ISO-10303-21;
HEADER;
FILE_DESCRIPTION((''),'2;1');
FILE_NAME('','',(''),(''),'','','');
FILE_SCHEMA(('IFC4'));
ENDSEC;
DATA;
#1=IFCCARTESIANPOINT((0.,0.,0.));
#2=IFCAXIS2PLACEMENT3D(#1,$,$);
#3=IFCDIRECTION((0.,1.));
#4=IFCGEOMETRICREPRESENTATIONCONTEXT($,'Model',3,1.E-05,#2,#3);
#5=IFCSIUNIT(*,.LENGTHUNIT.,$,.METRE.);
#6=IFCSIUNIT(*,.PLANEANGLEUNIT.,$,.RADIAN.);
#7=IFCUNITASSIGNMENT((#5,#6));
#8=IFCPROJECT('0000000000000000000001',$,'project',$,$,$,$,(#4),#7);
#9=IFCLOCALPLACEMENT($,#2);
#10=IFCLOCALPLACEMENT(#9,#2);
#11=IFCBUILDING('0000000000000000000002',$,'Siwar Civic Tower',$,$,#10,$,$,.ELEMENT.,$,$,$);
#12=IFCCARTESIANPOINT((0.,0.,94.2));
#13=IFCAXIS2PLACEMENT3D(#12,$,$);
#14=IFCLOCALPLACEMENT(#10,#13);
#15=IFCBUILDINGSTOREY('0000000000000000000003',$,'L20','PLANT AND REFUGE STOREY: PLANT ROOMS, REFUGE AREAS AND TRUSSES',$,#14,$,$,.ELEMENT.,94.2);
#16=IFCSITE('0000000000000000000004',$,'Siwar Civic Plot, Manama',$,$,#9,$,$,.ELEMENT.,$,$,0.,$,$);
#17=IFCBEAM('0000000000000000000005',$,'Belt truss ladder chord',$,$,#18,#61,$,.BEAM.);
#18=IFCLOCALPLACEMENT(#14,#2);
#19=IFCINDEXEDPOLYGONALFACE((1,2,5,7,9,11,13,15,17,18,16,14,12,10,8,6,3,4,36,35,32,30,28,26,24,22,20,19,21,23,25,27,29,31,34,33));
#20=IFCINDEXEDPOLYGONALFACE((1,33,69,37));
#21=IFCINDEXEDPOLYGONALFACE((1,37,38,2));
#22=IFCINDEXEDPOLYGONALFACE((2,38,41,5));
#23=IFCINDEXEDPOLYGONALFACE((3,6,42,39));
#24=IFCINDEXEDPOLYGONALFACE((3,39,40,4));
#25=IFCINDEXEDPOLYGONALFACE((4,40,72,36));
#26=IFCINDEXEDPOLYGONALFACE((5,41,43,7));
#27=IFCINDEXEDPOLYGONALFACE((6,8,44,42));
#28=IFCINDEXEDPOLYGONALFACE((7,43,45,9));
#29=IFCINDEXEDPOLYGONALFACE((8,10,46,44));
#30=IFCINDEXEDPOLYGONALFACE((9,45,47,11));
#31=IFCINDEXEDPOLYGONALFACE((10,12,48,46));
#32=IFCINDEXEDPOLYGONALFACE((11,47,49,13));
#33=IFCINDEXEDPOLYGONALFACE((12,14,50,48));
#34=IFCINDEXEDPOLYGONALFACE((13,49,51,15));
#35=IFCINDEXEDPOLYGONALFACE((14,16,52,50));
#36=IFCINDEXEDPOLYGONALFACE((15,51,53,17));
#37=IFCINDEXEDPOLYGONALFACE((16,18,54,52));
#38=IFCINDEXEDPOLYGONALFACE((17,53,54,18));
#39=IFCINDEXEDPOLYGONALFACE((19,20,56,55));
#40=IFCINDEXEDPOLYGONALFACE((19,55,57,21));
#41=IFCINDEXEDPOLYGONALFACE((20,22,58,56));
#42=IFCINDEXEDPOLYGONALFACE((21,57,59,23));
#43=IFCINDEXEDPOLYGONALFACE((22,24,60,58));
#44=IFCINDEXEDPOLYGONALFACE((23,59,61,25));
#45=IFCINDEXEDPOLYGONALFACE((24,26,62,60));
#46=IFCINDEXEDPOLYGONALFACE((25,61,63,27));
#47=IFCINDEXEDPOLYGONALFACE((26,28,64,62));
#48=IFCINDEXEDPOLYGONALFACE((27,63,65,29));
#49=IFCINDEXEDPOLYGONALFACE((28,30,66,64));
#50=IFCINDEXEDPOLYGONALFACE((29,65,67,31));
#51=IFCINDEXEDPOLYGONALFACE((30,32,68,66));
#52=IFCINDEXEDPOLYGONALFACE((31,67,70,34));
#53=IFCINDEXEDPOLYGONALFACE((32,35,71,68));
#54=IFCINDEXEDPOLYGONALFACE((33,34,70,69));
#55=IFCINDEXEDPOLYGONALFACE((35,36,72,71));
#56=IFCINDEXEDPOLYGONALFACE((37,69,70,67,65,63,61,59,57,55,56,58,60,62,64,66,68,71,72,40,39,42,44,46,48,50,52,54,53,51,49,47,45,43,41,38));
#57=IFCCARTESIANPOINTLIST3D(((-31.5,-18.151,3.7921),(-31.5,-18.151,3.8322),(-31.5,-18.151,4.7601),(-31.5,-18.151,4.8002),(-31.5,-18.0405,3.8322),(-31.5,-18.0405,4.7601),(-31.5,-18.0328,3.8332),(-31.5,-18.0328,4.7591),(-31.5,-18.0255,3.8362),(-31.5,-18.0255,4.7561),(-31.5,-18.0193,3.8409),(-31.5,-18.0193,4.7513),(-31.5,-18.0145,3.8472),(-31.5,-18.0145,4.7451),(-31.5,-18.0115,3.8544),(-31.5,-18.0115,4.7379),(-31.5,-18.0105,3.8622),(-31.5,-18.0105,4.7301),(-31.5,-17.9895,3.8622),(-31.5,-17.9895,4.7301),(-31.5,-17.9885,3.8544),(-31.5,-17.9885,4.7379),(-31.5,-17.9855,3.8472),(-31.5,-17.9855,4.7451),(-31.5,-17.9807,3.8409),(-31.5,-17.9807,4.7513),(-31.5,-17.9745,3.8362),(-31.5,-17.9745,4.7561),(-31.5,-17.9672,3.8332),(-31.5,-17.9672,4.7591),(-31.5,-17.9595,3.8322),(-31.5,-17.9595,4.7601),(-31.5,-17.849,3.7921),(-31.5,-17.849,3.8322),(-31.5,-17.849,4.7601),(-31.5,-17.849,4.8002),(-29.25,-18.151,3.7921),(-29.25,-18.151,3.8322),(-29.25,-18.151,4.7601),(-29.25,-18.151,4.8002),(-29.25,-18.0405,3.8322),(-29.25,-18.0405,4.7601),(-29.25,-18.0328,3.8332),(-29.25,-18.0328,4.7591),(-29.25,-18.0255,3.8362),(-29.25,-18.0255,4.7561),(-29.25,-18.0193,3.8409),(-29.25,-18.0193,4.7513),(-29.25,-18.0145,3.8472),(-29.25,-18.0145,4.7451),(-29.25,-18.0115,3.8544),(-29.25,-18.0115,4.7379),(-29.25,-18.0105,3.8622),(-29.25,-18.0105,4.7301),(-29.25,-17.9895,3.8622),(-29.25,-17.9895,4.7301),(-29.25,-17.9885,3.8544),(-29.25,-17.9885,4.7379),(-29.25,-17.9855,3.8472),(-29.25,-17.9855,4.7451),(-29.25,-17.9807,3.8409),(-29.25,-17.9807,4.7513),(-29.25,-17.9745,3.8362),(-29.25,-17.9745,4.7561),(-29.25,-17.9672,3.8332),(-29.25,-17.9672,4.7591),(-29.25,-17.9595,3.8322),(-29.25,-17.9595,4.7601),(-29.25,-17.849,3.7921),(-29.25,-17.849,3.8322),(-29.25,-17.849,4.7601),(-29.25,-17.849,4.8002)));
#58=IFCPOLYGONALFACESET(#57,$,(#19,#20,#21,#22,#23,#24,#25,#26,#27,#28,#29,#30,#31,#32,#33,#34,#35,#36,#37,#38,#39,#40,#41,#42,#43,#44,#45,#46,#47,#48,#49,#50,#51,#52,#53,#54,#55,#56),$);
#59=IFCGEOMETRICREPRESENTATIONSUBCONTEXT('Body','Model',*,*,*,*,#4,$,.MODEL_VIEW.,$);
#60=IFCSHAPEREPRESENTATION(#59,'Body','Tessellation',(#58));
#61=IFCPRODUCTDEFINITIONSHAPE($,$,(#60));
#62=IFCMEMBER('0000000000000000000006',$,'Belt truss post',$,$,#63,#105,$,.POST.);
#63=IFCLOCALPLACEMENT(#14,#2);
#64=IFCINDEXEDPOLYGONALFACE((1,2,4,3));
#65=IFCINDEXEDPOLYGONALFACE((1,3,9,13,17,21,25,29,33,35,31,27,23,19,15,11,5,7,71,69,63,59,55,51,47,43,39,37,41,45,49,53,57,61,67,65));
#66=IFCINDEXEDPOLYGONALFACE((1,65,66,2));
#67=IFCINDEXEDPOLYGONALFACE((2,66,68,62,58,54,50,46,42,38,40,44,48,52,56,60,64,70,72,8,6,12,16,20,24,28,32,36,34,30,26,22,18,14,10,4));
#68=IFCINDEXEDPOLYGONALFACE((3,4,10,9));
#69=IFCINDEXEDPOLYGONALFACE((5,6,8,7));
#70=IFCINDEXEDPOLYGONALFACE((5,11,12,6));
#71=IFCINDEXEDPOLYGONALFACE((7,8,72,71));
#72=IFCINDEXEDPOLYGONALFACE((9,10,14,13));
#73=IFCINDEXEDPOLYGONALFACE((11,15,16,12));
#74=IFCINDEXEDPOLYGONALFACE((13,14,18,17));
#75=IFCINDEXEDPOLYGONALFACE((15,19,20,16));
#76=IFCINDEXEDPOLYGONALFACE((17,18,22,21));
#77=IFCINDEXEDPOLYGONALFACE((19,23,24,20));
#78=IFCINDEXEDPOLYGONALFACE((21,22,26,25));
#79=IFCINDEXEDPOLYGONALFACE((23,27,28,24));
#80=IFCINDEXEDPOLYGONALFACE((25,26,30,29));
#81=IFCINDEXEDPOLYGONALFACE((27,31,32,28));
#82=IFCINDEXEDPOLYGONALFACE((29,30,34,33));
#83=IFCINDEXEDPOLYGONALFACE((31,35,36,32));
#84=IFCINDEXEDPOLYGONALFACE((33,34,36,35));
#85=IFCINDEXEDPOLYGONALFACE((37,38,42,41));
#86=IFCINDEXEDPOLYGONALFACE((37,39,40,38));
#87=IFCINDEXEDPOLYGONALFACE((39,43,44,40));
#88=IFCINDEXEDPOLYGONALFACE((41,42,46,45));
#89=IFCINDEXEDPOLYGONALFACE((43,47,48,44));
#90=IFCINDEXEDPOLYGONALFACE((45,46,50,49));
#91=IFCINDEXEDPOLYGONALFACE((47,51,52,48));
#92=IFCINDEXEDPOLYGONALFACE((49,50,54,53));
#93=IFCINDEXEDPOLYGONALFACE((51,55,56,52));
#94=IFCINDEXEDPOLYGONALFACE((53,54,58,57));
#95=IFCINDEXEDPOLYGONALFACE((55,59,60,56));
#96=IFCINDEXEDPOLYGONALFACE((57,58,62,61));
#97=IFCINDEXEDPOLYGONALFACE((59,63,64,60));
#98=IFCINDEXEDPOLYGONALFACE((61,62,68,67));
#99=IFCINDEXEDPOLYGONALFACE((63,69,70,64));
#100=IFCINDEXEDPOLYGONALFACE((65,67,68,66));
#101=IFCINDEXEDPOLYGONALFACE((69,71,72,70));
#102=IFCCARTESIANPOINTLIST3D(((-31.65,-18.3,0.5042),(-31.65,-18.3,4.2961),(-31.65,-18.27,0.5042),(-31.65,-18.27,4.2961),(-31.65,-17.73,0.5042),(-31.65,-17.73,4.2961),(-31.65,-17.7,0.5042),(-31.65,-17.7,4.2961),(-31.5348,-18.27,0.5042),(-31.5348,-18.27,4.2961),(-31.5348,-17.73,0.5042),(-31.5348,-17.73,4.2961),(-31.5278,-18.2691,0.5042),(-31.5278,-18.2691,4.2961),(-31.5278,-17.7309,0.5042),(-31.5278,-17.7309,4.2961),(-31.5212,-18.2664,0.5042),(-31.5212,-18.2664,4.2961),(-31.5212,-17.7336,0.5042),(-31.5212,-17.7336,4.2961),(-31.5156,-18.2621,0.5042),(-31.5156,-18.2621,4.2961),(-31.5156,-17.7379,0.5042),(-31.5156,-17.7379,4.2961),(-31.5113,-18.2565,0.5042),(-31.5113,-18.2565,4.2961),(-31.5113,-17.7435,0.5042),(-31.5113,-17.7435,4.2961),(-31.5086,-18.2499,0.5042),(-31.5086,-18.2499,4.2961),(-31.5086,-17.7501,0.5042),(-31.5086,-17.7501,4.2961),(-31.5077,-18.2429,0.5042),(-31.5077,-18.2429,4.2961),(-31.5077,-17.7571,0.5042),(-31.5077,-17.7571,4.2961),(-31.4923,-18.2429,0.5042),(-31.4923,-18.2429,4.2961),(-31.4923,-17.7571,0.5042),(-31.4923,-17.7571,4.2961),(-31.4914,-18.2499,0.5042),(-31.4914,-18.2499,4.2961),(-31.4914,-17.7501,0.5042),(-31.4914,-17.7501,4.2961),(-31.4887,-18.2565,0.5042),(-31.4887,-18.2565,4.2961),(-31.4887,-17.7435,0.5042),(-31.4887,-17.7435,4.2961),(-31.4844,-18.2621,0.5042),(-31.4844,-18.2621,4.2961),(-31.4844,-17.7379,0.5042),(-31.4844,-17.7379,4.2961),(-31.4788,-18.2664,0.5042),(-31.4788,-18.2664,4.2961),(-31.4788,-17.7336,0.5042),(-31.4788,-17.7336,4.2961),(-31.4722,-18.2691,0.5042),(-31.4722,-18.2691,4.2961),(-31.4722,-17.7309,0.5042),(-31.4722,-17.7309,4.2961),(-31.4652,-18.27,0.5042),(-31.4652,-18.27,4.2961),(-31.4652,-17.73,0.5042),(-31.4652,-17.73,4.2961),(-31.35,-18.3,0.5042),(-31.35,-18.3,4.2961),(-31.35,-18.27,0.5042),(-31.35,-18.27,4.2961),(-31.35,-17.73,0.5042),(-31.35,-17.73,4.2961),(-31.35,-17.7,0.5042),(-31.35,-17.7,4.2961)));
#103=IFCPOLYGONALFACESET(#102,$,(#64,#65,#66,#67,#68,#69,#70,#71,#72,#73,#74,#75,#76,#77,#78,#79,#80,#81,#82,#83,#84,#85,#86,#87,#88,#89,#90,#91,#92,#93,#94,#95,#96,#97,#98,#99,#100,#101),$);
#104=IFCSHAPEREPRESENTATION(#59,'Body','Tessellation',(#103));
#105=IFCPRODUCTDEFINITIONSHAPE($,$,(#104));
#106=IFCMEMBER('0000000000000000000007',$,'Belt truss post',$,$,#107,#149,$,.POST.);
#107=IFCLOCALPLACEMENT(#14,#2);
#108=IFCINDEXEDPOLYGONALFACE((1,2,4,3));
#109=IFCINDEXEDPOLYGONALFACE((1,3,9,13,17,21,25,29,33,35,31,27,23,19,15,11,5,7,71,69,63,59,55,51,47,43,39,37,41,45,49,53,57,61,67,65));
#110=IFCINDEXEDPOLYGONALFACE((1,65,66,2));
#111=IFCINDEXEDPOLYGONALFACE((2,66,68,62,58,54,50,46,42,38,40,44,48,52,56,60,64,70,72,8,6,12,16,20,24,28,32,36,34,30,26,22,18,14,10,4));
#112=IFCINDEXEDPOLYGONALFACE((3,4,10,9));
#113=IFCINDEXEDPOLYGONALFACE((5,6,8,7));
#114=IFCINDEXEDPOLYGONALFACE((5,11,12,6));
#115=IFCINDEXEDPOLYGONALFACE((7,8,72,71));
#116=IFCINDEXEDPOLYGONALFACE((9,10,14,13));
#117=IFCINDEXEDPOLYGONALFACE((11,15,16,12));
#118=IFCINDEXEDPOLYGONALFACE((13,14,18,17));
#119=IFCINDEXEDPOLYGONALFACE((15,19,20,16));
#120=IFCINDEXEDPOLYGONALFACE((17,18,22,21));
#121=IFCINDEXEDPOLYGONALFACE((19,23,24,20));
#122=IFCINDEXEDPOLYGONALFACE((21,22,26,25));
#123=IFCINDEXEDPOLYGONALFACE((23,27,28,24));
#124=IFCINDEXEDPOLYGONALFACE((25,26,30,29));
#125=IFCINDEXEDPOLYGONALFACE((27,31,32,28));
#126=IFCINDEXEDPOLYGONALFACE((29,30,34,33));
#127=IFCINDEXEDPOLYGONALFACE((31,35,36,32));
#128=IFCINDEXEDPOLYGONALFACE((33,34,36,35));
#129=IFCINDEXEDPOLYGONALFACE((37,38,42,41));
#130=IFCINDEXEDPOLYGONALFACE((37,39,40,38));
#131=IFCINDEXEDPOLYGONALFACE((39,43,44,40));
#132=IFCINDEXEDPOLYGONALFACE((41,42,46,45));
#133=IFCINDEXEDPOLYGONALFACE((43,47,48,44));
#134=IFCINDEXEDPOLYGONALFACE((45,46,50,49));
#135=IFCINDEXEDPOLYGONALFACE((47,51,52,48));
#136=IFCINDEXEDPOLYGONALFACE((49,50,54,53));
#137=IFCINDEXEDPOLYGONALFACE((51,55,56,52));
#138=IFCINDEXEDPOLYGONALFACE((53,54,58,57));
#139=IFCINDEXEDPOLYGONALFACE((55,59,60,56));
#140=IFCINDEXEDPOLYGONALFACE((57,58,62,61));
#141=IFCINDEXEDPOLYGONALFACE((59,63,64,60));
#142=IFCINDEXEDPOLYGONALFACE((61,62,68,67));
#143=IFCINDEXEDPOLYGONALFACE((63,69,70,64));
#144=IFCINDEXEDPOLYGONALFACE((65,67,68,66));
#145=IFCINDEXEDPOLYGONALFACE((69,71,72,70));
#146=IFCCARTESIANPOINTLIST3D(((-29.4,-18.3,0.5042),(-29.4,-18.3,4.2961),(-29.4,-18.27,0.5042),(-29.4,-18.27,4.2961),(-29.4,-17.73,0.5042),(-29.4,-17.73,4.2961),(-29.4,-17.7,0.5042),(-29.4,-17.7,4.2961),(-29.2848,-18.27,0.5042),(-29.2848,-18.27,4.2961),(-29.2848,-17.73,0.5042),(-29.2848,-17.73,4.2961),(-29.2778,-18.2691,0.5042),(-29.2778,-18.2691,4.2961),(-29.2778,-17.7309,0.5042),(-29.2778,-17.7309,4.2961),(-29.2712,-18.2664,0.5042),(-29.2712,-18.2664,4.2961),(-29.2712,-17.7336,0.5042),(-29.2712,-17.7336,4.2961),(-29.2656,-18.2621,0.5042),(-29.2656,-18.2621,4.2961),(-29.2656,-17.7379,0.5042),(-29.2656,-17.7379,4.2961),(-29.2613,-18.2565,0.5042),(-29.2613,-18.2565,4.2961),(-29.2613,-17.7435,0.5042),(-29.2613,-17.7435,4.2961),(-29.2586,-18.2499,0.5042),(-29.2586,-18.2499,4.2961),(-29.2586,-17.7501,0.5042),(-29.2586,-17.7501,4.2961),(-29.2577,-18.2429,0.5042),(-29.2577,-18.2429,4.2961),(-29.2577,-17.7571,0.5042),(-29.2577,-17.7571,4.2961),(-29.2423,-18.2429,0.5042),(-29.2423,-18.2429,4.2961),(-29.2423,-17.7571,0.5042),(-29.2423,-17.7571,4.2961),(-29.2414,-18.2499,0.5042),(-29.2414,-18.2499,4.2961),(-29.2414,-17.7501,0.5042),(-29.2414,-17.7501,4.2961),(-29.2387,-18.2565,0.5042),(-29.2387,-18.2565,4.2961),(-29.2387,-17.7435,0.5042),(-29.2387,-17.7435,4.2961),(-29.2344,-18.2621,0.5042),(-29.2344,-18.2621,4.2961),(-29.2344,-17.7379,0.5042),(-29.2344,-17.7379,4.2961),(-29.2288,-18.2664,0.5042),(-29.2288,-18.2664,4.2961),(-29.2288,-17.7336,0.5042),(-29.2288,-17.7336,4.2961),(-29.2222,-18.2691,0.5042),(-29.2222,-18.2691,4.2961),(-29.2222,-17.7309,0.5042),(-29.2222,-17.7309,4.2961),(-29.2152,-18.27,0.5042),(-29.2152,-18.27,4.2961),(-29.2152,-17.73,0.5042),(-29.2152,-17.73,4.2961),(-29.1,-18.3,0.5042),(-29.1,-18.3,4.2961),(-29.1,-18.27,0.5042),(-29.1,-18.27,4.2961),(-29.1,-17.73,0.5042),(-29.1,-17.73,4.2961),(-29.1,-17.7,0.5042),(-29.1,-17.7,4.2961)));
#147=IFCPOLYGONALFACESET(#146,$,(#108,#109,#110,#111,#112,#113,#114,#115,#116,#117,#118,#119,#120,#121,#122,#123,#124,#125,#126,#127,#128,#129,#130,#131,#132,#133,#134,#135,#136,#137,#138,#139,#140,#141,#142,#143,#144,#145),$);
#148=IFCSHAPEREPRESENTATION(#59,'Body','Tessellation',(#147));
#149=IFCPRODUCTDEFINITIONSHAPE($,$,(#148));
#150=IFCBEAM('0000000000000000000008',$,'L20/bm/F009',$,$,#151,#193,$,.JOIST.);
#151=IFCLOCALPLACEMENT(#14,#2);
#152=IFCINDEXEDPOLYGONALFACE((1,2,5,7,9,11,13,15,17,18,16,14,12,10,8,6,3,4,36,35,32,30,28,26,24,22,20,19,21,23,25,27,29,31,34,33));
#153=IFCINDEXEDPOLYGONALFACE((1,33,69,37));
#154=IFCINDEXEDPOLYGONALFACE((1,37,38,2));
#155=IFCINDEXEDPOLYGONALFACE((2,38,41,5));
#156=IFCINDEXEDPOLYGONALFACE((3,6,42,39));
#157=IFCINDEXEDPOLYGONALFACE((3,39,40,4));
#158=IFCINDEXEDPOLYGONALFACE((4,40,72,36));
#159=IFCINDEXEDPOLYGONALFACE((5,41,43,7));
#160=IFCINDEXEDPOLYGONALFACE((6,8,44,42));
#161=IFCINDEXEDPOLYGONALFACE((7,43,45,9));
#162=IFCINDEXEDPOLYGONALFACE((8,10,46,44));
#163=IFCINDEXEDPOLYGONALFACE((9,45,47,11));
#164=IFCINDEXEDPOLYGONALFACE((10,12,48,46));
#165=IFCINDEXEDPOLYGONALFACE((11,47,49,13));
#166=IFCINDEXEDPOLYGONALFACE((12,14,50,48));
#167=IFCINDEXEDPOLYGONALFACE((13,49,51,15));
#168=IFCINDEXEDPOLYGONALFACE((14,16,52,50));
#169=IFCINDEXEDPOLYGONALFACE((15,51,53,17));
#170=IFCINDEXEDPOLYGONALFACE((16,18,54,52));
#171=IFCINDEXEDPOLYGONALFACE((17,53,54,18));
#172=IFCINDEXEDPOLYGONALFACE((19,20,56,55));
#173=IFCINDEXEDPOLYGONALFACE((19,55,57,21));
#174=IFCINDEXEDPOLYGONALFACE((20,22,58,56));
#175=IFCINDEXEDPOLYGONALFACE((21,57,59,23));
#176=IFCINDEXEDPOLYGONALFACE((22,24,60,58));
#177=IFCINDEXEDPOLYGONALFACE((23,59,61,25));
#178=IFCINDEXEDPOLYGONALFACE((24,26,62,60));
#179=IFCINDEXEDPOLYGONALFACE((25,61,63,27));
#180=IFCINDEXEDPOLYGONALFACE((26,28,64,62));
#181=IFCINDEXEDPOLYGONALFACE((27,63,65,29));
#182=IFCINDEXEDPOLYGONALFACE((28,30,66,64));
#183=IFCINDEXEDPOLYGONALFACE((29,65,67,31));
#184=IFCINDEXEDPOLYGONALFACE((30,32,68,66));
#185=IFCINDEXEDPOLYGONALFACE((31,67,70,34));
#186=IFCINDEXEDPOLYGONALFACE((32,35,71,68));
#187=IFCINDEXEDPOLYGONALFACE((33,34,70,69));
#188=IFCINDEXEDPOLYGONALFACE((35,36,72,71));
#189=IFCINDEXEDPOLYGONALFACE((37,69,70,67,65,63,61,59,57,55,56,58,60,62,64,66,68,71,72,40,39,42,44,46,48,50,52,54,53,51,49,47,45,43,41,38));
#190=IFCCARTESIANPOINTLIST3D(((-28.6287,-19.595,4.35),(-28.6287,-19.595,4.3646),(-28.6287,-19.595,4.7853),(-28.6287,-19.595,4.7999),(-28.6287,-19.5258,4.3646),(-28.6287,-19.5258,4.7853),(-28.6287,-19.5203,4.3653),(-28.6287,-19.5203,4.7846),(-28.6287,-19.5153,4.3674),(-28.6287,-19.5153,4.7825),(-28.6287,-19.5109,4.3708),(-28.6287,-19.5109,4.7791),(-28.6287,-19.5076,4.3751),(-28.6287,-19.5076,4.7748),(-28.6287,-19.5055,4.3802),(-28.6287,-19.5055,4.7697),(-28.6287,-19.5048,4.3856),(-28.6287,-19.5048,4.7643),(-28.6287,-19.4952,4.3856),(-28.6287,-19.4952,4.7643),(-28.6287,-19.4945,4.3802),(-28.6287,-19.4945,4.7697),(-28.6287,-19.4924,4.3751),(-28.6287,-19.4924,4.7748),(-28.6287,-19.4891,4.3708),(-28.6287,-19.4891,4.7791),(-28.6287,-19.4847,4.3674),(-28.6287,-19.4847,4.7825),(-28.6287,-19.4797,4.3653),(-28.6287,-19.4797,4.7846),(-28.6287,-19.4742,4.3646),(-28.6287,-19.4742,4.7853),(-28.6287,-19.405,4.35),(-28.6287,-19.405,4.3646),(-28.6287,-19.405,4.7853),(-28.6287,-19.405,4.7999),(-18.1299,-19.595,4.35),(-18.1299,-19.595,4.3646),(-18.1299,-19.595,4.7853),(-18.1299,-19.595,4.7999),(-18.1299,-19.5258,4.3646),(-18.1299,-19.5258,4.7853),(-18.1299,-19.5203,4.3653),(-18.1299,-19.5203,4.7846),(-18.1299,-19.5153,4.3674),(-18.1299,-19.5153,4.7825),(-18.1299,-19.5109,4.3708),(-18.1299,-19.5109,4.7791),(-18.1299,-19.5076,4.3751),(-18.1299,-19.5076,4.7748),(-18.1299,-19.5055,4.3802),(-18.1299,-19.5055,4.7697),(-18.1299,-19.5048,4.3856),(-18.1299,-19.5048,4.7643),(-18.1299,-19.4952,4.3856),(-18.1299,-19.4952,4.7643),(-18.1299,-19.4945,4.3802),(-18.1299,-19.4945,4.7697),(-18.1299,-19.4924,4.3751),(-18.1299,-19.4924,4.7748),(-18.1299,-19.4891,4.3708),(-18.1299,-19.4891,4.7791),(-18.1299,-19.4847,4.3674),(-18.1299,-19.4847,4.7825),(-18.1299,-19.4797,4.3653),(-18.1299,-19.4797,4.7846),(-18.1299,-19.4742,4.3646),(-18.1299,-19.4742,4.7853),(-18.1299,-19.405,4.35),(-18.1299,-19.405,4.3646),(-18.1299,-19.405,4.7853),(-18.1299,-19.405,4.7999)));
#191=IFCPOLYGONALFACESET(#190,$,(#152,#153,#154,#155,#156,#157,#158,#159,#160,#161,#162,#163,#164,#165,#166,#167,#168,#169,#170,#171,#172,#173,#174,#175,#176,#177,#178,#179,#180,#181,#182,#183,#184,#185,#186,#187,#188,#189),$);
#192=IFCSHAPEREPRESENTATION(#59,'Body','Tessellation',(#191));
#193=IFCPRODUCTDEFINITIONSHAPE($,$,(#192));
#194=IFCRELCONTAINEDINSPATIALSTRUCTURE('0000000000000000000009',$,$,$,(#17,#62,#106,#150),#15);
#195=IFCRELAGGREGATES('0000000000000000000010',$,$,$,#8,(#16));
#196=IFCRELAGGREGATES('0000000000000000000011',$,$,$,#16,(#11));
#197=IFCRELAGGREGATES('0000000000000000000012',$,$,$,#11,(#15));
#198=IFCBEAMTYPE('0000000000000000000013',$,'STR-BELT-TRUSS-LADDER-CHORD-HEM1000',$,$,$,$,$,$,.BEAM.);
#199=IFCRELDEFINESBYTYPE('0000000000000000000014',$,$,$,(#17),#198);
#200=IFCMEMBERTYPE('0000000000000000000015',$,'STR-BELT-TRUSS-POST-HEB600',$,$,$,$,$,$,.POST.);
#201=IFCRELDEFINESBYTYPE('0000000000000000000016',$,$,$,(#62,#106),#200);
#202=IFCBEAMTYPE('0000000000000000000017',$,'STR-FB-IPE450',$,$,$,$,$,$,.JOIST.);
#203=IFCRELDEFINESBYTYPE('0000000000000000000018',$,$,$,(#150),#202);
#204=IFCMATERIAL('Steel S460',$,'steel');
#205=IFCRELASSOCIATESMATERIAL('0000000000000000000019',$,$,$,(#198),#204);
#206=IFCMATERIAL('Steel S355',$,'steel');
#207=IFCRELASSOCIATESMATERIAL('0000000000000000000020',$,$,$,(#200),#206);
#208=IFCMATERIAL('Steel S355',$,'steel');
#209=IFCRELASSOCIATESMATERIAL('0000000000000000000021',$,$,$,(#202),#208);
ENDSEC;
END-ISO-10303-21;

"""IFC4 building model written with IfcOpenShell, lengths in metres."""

from ifc_helpers import new_model, si_unit, direction, frame, origin, origin_2d, place, context, subcontext, project, spatial, i_section, extrude, material, material_profile, profile_set, type_object, element, save


model = new_model("IFC4")

# Units and contexts
model_context = context("Model", 3, precision=1e-05, world=origin(), true_north=direction((0.0, 1.0)))
body_context = subcontext(model_context, "Body", "Model", "MODEL_VIEW")
ifc_project = project(units=[si_unit("LENGTHUNIT", "METRE"), si_unit("PLANEANGLEUNIT", "RADIAN")], contexts=[model_context])

# Site, building, storey
site_placement = place(None, origin())
site = spatial("IfcSite", under=ifc_project, at=site_placement, Name="Siwar Civic Plot, Manama", CompositionType="ELEMENT", RefElevation=0.0)
building_placement = place(site_placement, origin())
building = spatial("IfcBuilding", under=site, at=building_placement, Name="Siwar Civic Tower", CompositionType="ELEMENT")
storey_placement = place(building_placement, frame((0.0, 0.0, 94.2)))
storey = spatial("IfcBuildingStorey", under=building, at=storey_placement, Name="L20", Description="PLANT AND REFUGE STOREY: PLANT ROOMS, REFUGE AREAS AND TRUSSES", CompositionType="ELEMENT", Elevation=94.2)

# Beam
ifc_material_1 = material(Name="Steel S460", Category="steel")
ifc_material_profile_1 = material_profile(ifc_material_1, i_section(OverallWidth=0.302, OverallDepth=1.0081, WebThickness=0.021, FlangeThickness=0.04, FilletRadius=0.03, at=origin_2d()), Name="HEM1000")
ifc_profile_set_1 = profile_set([ifc_material_profile_1], Name="Steel S460")
beam_type_1 = type_object("IfcBeamType", Name="STR-BELT-TRUSS-LADDER-CHORD-HEM1000", PredefinedType="BEAM", material=ifc_profile_set_1)
for number, where, z_axis, x_axis, name in (
    (1, (-29.25, -18.0, 4.2961), (-1.0, 0.0, 0.0), (0.0, -1.0, 0.0), "Belt truss ladder chord"),
):
    element("IfcBeam", number, at=place(storey_placement, frame(where, z_axis=z_axis, x_axis=x_axis)), inside=storey, type_object=beam_type_1, Name=name, PredefinedType="BEAM", context=body_context, shape_type="SweptSolid", body=[
        extrude(i_section(OverallWidth=0.302, OverallDepth=1.0081, WebThickness=0.021, FlangeThickness=0.04, FilletRadius=0.03, at=origin_2d()), origin(), (0.0, 0.0, 1.0), 2.25),
    ])

# Members
ifc_material_2 = material(Name="Steel S355", Category="steel")
ifc_material_profile_2 = material_profile(ifc_material_2, i_section(OverallWidth=0.3, OverallDepth=0.6001, WebThickness=0.0154, FlangeThickness=0.03, FilletRadius=0.0271, at=origin_2d()), Name="HEB600")
ifc_profile_set_2 = profile_set([ifc_material_profile_2], Name="Steel S355")
member_type_1 = type_object("IfcMemberType", Name="STR-BELT-TRUSS-POST-HEB600", PredefinedType="POST", material=ifc_profile_set_2)
for number, where, z_axis, x_axis, name in (
    (2, (-31.5, -18.0, 0.5042), (0.0, 0.0, 1.0), (1.0, 0.0, 0.0), "Belt truss post"),
    (3, (-29.25, -18.0, 0.5042), (0.0, 0.0, 1.0), (1.0, 0.0, 0.0), "Belt truss post"),
):
    element("IfcMember", number, at=place(storey_placement, frame(where, z_axis=z_axis, x_axis=x_axis)), inside=storey, type_object=member_type_1, Name=name, PredefinedType="POST", context=body_context, shape_type="SweptSolid", body=[
        extrude(i_section(OverallWidth=0.3, OverallDepth=0.6001, WebThickness=0.0154, FlangeThickness=0.03, FilletRadius=0.0271, at=origin_2d()), origin(), (0.0, 0.0, 1.0), 3.792),
    ])

# Beam
ifc_material_3 = material(Name="Steel S355", Category="steel")
ifc_material_profile_3 = material_profile(ifc_material_3, i_section(OverallWidth=0.1899, OverallDepth=0.45, WebThickness=0.0095, FlangeThickness=0.0146, FilletRadius=0.021, at=origin_2d()), Name="IPE450")
ifc_profile_set_3 = profile_set([ifc_material_profile_3], Name="Steel S355")
beam_type_2 = type_object("IfcBeamType", Name="STR-FB-IPE450", PredefinedType="JOIST", material=ifc_profile_set_3)
beam_placement = place(storey_placement, frame((-28.6287, -19.5, 4.575), z_axis=(1.0, 0.0, 0.0), x_axis=(0.0, 1.0, 0.0)))
element("IfcBeam", 4, at=beam_placement, inside=storey, type_object=beam_type_2, Name="L20/bm/F009", PredefinedType="JOIST", context=body_context, shape_type="SweptSolid", body=[
    extrude(i_section(OverallWidth=0.1899, OverallDepth=0.45, WebThickness=0.0095, FlangeThickness=0.0146, FilletRadius=0.021, at=origin_2d()), origin(), (0.0, 0.0, 1.0), 10.4988),
])

save(model, "model.ifc")
